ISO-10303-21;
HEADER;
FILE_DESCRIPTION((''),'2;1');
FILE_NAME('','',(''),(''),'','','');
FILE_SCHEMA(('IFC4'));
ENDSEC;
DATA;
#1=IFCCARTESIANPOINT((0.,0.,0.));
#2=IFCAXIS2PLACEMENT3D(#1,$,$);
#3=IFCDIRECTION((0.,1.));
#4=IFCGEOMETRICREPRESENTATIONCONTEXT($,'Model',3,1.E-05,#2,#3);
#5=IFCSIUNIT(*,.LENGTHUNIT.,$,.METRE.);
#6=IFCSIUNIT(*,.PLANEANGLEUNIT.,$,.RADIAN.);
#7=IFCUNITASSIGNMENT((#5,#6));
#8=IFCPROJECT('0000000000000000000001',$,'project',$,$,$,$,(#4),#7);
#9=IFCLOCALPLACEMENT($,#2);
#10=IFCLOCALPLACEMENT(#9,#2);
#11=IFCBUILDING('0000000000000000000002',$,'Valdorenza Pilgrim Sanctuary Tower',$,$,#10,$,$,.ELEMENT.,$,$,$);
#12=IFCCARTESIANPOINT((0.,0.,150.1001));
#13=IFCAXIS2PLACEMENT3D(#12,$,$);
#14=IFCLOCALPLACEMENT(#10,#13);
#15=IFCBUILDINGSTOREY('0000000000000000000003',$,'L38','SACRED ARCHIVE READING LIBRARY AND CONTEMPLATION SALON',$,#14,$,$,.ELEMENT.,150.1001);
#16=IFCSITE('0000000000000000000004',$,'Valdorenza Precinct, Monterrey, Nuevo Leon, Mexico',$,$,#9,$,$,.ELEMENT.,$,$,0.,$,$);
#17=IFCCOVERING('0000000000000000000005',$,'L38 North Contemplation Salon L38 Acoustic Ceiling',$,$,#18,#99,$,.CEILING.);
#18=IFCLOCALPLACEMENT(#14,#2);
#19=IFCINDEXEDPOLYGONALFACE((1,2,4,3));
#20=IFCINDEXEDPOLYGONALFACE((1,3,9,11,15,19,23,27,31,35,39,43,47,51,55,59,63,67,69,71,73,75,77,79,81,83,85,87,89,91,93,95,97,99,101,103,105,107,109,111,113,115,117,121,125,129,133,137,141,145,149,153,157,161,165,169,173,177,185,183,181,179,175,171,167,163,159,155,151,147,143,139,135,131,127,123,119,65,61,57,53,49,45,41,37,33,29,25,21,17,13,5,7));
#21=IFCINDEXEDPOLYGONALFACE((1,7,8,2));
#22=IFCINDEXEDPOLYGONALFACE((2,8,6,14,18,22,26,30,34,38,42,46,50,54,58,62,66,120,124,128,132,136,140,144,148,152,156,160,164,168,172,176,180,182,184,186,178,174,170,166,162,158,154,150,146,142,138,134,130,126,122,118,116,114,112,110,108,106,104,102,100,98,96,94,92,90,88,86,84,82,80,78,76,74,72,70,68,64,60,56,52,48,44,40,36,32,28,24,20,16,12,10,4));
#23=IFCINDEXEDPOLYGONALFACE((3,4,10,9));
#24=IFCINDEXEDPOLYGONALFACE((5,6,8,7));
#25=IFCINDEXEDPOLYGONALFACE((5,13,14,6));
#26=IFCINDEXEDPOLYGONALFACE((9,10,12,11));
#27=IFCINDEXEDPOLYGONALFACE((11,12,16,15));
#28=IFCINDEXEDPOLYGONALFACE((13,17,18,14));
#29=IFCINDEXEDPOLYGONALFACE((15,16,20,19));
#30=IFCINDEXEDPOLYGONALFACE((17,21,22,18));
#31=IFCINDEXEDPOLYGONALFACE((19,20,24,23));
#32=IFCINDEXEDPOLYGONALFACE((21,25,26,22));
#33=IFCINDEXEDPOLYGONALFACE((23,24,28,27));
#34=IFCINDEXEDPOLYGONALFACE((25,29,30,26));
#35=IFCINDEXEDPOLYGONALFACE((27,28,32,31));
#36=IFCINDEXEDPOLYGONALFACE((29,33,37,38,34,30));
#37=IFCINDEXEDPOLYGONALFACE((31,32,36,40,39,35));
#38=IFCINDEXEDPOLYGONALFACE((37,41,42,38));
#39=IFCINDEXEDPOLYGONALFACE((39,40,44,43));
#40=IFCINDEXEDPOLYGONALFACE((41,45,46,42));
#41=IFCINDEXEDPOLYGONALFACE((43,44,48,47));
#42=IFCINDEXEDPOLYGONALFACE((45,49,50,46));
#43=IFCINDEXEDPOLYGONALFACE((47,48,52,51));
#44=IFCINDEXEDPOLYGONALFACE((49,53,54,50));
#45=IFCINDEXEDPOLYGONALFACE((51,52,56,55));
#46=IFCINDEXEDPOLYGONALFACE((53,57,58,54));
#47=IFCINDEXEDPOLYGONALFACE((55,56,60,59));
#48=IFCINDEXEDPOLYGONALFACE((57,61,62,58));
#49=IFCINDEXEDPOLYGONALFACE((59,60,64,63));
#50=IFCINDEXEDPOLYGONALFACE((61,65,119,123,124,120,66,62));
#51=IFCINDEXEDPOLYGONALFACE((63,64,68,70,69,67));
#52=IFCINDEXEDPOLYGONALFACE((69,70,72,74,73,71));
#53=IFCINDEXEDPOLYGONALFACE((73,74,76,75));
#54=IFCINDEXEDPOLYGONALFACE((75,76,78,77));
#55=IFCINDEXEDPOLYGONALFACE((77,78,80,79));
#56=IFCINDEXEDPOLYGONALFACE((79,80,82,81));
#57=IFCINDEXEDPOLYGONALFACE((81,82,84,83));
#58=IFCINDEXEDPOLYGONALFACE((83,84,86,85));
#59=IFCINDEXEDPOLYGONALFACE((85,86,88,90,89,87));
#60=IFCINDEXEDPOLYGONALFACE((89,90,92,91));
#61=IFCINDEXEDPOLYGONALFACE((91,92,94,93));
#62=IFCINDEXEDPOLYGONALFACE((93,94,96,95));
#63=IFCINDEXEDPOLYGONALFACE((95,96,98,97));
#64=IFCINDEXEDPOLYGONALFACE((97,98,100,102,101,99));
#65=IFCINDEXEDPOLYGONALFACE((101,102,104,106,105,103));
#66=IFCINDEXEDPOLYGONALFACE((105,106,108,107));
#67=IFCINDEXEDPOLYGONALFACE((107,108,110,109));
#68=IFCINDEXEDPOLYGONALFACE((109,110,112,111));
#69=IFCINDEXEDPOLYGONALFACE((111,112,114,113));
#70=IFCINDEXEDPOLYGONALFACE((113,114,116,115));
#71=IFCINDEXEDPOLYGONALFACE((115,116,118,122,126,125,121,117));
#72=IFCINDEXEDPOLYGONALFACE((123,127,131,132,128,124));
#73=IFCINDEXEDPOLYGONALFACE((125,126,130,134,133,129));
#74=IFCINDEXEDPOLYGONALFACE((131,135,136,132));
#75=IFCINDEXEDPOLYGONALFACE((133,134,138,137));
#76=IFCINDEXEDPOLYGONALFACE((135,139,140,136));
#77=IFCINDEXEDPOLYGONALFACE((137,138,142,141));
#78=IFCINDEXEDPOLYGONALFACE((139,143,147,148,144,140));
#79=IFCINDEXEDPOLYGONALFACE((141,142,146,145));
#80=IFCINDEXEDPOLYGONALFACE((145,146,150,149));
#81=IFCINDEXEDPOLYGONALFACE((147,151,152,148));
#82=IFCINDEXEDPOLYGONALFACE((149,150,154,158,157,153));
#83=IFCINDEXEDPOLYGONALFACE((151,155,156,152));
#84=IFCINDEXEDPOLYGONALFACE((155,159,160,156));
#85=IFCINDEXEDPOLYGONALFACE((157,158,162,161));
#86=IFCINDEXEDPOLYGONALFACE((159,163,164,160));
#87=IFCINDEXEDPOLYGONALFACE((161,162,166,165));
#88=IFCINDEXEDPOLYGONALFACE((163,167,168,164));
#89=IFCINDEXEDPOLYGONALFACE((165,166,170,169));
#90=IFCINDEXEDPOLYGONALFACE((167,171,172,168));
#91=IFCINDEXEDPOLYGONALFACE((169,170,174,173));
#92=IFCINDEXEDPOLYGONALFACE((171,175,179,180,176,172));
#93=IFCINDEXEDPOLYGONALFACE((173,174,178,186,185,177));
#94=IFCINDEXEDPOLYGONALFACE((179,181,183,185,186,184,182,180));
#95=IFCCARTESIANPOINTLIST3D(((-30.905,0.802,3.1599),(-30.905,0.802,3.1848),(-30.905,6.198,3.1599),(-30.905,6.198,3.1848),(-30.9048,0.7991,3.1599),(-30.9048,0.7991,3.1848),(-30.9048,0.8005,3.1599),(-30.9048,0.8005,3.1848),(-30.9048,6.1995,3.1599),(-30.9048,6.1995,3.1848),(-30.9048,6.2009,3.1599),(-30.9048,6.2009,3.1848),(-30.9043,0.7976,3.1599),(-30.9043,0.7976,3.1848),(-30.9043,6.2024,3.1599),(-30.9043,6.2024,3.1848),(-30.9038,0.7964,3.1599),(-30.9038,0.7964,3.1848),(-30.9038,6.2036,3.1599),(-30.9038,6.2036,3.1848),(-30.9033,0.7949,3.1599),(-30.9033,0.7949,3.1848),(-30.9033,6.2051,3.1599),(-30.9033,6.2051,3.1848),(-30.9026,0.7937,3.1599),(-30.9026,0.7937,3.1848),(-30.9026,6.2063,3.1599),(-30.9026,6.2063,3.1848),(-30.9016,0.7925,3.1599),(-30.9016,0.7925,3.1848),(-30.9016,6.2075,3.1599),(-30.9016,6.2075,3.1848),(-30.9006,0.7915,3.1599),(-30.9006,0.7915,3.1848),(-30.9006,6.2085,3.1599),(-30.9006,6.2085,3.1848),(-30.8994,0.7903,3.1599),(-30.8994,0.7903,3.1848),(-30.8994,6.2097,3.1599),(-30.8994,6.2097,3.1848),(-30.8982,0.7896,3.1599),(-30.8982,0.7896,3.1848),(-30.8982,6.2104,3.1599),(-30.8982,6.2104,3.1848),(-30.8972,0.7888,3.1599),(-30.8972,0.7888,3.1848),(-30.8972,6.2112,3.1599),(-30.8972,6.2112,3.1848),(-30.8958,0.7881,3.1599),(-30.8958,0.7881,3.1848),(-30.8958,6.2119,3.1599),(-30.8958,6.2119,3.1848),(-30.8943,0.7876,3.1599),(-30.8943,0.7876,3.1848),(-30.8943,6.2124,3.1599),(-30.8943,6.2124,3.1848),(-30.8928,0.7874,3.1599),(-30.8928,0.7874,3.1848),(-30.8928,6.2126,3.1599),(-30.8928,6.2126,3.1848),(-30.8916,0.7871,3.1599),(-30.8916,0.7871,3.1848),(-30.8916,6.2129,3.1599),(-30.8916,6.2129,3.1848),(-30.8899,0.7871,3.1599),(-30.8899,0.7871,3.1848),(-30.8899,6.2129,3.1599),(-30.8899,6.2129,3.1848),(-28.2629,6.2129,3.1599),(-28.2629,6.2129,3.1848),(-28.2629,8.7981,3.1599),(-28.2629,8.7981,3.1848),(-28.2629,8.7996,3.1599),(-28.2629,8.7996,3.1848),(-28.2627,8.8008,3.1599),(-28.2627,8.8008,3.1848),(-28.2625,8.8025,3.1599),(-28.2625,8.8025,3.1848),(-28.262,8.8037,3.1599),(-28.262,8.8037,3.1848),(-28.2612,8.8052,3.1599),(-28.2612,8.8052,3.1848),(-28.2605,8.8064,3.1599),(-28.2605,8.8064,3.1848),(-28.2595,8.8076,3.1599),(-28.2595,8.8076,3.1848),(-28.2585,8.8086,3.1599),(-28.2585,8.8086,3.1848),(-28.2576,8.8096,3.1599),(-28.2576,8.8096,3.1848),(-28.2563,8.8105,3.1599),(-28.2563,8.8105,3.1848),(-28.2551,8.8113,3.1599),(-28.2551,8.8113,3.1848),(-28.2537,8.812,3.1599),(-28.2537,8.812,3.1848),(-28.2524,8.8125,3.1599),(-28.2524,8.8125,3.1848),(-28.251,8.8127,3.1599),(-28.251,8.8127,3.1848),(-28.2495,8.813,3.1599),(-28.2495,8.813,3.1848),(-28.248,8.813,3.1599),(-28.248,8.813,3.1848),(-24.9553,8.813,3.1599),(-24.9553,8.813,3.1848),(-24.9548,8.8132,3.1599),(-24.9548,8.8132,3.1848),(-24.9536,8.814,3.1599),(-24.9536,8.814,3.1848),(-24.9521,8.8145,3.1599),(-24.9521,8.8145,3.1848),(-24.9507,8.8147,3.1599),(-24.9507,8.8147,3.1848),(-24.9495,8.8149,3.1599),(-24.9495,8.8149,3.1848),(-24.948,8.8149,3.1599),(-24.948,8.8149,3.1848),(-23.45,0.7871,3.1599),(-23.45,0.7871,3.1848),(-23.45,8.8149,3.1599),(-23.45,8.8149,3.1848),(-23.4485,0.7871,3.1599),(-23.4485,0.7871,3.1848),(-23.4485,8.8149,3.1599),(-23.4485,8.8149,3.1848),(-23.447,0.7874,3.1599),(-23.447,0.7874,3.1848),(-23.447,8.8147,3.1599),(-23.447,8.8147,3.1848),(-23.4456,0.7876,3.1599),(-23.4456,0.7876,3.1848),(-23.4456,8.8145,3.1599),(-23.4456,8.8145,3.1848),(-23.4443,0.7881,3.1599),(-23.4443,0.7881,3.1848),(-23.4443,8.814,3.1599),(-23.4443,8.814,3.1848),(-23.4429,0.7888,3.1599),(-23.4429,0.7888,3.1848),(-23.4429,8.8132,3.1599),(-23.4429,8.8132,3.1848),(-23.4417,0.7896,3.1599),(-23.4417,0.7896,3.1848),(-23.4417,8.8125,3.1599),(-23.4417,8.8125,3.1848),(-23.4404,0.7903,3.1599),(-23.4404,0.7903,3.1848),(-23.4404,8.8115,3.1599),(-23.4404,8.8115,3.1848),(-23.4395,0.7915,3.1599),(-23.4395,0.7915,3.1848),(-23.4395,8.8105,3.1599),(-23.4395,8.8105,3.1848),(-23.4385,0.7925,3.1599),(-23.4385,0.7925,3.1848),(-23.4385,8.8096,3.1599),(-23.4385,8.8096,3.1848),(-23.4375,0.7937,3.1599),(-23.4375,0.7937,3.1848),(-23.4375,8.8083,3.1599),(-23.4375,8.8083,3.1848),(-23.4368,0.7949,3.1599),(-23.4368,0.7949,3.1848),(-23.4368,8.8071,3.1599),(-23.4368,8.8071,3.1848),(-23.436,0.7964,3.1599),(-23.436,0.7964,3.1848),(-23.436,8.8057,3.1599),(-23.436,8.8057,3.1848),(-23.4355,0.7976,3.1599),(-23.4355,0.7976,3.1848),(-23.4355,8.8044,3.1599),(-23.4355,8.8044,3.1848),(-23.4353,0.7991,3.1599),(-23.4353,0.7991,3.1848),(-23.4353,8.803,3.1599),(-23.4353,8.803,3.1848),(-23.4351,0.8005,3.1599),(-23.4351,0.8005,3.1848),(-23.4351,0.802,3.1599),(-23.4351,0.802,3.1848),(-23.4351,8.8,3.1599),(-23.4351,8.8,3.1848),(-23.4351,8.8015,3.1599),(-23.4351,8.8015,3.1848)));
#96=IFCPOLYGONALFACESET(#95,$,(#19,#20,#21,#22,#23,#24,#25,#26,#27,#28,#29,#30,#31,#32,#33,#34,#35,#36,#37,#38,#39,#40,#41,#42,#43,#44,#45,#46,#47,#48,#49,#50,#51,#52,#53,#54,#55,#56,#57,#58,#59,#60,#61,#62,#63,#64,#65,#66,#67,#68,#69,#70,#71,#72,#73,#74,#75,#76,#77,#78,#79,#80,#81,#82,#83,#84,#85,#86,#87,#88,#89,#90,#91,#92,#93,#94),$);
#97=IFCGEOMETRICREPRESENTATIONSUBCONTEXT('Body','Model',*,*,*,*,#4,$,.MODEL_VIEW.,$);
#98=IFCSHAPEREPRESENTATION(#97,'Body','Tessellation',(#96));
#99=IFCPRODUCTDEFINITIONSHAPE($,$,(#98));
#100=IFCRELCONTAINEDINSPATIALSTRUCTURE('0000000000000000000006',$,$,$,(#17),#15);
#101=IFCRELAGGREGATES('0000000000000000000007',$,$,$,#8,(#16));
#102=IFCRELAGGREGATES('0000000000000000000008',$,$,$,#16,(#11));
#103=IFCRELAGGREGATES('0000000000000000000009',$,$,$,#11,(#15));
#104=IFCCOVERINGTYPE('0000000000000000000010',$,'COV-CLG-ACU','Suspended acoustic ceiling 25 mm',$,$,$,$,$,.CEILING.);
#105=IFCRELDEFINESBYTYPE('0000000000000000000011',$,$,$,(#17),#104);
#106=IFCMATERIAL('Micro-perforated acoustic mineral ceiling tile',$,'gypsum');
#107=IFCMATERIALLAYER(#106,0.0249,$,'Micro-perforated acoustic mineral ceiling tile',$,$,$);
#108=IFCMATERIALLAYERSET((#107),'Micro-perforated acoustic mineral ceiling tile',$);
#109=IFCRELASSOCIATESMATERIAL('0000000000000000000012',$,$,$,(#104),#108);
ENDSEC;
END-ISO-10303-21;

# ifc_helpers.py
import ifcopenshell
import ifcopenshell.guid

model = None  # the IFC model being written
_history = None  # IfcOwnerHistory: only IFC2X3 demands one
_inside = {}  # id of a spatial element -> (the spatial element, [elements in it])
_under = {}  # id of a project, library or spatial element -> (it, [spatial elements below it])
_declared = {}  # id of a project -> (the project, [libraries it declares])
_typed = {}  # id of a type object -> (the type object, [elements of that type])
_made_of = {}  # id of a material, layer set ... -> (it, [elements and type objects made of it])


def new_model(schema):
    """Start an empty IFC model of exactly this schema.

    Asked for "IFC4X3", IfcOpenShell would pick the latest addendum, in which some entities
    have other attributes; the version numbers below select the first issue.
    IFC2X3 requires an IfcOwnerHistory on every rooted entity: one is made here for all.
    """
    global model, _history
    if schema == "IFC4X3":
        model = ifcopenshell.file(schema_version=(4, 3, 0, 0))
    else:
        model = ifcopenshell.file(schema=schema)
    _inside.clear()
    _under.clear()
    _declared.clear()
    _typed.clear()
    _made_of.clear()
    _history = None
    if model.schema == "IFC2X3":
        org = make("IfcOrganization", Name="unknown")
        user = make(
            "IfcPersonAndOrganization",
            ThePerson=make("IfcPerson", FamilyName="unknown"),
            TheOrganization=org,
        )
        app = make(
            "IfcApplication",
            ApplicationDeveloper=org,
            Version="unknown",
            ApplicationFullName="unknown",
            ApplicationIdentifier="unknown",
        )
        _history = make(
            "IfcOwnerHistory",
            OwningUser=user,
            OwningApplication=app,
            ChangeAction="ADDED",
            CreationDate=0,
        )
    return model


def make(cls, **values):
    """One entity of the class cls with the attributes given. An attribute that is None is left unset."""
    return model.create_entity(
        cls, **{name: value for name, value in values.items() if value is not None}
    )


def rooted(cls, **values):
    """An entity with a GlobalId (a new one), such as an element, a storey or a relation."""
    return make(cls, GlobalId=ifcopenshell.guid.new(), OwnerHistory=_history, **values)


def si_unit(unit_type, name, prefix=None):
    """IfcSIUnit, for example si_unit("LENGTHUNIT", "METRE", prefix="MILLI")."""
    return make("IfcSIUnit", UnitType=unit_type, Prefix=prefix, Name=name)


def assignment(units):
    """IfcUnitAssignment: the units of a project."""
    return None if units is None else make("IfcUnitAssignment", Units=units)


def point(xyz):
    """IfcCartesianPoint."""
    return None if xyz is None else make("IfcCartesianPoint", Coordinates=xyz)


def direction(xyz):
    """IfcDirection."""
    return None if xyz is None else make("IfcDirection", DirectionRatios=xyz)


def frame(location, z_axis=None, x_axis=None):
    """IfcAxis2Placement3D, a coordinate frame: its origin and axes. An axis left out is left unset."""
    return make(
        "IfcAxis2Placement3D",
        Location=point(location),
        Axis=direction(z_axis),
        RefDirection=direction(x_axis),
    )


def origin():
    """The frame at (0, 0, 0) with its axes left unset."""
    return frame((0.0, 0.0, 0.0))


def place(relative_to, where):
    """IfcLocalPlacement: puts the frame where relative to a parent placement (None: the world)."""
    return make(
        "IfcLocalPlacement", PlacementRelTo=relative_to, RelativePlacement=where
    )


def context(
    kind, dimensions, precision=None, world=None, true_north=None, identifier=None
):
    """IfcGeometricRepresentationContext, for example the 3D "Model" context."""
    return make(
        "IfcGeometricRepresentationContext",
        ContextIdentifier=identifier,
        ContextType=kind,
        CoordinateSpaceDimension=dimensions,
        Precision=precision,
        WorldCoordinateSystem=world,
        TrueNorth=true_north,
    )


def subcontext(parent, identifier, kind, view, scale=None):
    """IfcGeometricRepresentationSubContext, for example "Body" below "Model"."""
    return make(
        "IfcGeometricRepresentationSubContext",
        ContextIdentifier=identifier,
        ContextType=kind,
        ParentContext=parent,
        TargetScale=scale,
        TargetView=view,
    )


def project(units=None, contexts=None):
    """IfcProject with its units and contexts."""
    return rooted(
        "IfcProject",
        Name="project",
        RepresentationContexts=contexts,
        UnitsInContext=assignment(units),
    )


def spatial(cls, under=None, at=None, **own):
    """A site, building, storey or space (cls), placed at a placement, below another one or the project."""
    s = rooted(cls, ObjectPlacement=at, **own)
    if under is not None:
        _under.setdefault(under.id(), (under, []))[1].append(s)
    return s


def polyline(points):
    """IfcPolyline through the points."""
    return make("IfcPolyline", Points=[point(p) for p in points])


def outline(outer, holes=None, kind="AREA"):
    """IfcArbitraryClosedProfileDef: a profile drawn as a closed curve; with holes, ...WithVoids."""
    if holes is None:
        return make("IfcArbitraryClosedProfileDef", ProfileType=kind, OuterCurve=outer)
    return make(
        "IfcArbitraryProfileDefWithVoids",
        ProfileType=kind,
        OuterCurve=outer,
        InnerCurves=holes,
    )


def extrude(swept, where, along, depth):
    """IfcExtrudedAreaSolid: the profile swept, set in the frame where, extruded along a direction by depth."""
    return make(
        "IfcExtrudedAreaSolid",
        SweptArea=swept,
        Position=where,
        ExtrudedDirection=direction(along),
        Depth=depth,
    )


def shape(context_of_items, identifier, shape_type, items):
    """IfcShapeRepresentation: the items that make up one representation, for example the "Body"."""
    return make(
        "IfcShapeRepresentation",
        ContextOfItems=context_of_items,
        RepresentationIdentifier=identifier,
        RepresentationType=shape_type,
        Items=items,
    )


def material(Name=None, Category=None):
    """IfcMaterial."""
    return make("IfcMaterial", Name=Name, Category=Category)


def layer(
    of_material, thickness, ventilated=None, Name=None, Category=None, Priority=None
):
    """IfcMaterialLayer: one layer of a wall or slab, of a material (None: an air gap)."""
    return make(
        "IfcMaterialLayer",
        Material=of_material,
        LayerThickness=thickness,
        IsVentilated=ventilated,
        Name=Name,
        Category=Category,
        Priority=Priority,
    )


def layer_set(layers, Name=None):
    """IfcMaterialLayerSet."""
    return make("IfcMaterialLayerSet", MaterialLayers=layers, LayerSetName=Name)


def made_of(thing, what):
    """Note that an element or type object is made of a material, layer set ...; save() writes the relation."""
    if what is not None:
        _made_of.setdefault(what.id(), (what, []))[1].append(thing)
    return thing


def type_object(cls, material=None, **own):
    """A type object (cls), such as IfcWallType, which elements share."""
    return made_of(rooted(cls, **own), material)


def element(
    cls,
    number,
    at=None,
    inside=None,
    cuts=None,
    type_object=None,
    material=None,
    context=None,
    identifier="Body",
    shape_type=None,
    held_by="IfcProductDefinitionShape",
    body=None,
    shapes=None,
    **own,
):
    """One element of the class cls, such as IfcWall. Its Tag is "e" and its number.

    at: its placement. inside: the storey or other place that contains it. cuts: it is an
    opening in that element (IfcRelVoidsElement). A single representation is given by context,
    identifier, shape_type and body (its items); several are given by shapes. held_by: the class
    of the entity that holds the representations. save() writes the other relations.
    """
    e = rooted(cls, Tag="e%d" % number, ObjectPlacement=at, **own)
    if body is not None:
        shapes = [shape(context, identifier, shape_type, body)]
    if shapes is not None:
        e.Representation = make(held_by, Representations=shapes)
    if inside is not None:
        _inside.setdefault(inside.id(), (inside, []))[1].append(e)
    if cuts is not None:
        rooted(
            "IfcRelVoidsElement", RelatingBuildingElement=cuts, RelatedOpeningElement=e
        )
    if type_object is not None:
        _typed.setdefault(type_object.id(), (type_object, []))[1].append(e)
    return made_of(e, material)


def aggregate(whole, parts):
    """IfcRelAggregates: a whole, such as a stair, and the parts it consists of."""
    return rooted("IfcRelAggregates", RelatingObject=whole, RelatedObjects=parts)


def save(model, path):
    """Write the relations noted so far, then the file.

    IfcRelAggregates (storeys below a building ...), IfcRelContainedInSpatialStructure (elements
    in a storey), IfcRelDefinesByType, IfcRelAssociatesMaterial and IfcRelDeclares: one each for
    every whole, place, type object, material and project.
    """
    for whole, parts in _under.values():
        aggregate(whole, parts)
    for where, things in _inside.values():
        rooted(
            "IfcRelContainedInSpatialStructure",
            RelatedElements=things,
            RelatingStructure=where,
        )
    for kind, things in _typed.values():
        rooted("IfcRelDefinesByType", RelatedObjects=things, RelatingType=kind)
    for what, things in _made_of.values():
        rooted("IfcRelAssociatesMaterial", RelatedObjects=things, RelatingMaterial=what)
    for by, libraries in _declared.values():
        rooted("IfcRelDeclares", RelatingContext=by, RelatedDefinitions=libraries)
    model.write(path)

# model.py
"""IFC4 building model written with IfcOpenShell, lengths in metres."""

from ifc_helpers import new_model, si_unit, direction, frame, origin, place, context, subcontext, project, spatial, polyline, outline, extrude, material, layer, layer_set, type_object, element, save


model = new_model("IFC4")

# Units and contexts
model_context = context("Model", 3, precision=1e-05, world=origin(), true_north=direction((0.0, 1.0)))
body_context = subcontext(model_context, "Body", "Model", "MODEL_VIEW")
ifc_project = project(units=[si_unit("LENGTHUNIT", "METRE"), si_unit("PLANEANGLEUNIT", "RADIAN")], contexts=[model_context])

# Site, building, storey
site_placement = place(None, origin())
site = spatial("IfcSite", under=ifc_project, at=site_placement, Name="Valdorenza Precinct, Monterrey, Nuevo Leon, Mexico", CompositionType="ELEMENT", RefElevation=0.0)
building_placement = place(site_placement, origin())
building = spatial("IfcBuilding", under=site, at=building_placement, Name="Valdorenza Pilgrim Sanctuary Tower", CompositionType="ELEMENT")
storey_placement = place(building_placement, frame((0.0, 0.0, 150.1001)))
storey = spatial("IfcBuildingStorey", under=building, at=storey_placement, Name="L38", Description="SACRED ARCHIVE READING LIBRARY AND CONTEMPLATION SALON", CompositionType="ELEMENT", Elevation=150.1001)

# Covering
ifc_material_1 = material(Name="Micro-perforated acoustic mineral ceiling tile", Category="gypsum")
ifc_layer_1 = layer(ifc_material_1, 0.0249, Name="Micro-perforated acoustic mineral ceiling tile")
ifc_layer_set_1 = layer_set([ifc_layer_1], Name="Micro-perforated acoustic mineral ceiling tile")
covering_type_1 = type_object("IfcCoveringType", Name="COV-CLG-ACU", Description="Suspended acoustic ceiling 25 mm", PredefinedType="CEILING", material=ifc_layer_set_1)
covering_1_placement = place(storey_placement, frame((0.0, 0.0, 3.1599)))
element("IfcCovering", 1, at=covering_1_placement, inside=storey, type_object=covering_type_1, Name="L38 North Contemplation Salon L38 Acoustic Ceiling", PredefinedType="CEILING", context=body_context, shape_type="SweptSolid", body=[
    extrude(outline(polyline([(-28.2629, 6.2129), (-28.2629, 8.7981), (-28.2629, 8.7996), (-28.2627, 8.8008), (-28.2625, 8.8025), (-28.262, 8.8037), (-28.2612, 8.8052), (-28.2605, 8.8064), (-28.2595, 8.8076), (-28.2585, 8.8086), (-28.2576, 8.8096), (-28.2563, 8.8105), (-28.2551, 8.8113), (-28.2537, 8.812), (-28.2524, 8.8125), (-28.251, 8.8127), (-28.2495, 8.813), (-28.248, 8.813), (-24.9553, 8.813), (-24.9548, 8.8132), (-24.9536, 8.814), (-24.9521, 8.8145), (-24.9507, 8.8147), (-24.9495, 8.8149), (-24.948, 8.8149), (-23.45, 8.8149), (-23.4485, 8.8149), (-23.447, 8.8147), (-23.4456, 8.8145), (-23.4443, 8.814), (-23.4429, 8.8132), (-23.4417, 8.8125), (-23.4404, 8.8115), (-23.4395, 8.8105), (-23.4385, 8.8096), (-23.4375, 8.8083), (-23.4368, 8.8071), (-23.436, 8.8057), (-23.4355, 8.8044), (-23.4353, 8.803), (-23.4351, 8.8015), (-23.4351, 8.8), (-23.4351, 0.802), (-23.4351, 0.8005), (-23.4353, 0.7991), (-23.4355, 0.7976), (-23.436, 0.7964), (-23.4368, 0.7949), (-23.4375, 0.7937), (-23.4385, 0.7925), (-23.4395, 0.7915), (-23.4404, 0.7903), (-23.4417, 0.7896), (-23.4429, 0.7888), (-23.4443, 0.7881), (-23.4456, 0.7876), (-23.447, 0.7874), (-23.4485, 0.7871), (-23.45, 0.7871), (-30.8899, 0.7871), (-30.8916, 0.7871), (-30.8928, 0.7874), (-30.8943, 0.7876), (-30.8958, 0.7881), (-30.8972, 0.7888), (-30.8982, 0.7896), (-30.8994, 0.7903), (-30.9006, 0.7915), (-30.9016, 0.7925), (-30.9026, 0.7937), (-30.9033, 0.7949), (-30.9038, 0.7964), (-30.9043, 0.7976), (-30.9048, 0.7991), (-30.9048, 0.8005), (-30.905, 0.802), (-30.905, 6.198), (-30.9048, 6.1995), (-30.9048, 6.2009), (-30.9043, 6.2024), (-30.9038, 6.2036), (-30.9033, 6.2051), (-30.9026, 6.2063), (-30.9016, 6.2075), (-30.9006, 6.2085), (-30.8994, 6.2097), (-30.8982, 6.2104), (-30.8972, 6.2112), (-30.8958, 6.2119), (-30.8943, 6.2124), (-30.8928, 6.2126), (-30.8916, 6.2129), (-30.8899, 6.2129), (-28.2629, 6.2129)])), origin(), (0.0, 0.0, 1.0), 0.0249),
])

save(model, "model.ifc")
